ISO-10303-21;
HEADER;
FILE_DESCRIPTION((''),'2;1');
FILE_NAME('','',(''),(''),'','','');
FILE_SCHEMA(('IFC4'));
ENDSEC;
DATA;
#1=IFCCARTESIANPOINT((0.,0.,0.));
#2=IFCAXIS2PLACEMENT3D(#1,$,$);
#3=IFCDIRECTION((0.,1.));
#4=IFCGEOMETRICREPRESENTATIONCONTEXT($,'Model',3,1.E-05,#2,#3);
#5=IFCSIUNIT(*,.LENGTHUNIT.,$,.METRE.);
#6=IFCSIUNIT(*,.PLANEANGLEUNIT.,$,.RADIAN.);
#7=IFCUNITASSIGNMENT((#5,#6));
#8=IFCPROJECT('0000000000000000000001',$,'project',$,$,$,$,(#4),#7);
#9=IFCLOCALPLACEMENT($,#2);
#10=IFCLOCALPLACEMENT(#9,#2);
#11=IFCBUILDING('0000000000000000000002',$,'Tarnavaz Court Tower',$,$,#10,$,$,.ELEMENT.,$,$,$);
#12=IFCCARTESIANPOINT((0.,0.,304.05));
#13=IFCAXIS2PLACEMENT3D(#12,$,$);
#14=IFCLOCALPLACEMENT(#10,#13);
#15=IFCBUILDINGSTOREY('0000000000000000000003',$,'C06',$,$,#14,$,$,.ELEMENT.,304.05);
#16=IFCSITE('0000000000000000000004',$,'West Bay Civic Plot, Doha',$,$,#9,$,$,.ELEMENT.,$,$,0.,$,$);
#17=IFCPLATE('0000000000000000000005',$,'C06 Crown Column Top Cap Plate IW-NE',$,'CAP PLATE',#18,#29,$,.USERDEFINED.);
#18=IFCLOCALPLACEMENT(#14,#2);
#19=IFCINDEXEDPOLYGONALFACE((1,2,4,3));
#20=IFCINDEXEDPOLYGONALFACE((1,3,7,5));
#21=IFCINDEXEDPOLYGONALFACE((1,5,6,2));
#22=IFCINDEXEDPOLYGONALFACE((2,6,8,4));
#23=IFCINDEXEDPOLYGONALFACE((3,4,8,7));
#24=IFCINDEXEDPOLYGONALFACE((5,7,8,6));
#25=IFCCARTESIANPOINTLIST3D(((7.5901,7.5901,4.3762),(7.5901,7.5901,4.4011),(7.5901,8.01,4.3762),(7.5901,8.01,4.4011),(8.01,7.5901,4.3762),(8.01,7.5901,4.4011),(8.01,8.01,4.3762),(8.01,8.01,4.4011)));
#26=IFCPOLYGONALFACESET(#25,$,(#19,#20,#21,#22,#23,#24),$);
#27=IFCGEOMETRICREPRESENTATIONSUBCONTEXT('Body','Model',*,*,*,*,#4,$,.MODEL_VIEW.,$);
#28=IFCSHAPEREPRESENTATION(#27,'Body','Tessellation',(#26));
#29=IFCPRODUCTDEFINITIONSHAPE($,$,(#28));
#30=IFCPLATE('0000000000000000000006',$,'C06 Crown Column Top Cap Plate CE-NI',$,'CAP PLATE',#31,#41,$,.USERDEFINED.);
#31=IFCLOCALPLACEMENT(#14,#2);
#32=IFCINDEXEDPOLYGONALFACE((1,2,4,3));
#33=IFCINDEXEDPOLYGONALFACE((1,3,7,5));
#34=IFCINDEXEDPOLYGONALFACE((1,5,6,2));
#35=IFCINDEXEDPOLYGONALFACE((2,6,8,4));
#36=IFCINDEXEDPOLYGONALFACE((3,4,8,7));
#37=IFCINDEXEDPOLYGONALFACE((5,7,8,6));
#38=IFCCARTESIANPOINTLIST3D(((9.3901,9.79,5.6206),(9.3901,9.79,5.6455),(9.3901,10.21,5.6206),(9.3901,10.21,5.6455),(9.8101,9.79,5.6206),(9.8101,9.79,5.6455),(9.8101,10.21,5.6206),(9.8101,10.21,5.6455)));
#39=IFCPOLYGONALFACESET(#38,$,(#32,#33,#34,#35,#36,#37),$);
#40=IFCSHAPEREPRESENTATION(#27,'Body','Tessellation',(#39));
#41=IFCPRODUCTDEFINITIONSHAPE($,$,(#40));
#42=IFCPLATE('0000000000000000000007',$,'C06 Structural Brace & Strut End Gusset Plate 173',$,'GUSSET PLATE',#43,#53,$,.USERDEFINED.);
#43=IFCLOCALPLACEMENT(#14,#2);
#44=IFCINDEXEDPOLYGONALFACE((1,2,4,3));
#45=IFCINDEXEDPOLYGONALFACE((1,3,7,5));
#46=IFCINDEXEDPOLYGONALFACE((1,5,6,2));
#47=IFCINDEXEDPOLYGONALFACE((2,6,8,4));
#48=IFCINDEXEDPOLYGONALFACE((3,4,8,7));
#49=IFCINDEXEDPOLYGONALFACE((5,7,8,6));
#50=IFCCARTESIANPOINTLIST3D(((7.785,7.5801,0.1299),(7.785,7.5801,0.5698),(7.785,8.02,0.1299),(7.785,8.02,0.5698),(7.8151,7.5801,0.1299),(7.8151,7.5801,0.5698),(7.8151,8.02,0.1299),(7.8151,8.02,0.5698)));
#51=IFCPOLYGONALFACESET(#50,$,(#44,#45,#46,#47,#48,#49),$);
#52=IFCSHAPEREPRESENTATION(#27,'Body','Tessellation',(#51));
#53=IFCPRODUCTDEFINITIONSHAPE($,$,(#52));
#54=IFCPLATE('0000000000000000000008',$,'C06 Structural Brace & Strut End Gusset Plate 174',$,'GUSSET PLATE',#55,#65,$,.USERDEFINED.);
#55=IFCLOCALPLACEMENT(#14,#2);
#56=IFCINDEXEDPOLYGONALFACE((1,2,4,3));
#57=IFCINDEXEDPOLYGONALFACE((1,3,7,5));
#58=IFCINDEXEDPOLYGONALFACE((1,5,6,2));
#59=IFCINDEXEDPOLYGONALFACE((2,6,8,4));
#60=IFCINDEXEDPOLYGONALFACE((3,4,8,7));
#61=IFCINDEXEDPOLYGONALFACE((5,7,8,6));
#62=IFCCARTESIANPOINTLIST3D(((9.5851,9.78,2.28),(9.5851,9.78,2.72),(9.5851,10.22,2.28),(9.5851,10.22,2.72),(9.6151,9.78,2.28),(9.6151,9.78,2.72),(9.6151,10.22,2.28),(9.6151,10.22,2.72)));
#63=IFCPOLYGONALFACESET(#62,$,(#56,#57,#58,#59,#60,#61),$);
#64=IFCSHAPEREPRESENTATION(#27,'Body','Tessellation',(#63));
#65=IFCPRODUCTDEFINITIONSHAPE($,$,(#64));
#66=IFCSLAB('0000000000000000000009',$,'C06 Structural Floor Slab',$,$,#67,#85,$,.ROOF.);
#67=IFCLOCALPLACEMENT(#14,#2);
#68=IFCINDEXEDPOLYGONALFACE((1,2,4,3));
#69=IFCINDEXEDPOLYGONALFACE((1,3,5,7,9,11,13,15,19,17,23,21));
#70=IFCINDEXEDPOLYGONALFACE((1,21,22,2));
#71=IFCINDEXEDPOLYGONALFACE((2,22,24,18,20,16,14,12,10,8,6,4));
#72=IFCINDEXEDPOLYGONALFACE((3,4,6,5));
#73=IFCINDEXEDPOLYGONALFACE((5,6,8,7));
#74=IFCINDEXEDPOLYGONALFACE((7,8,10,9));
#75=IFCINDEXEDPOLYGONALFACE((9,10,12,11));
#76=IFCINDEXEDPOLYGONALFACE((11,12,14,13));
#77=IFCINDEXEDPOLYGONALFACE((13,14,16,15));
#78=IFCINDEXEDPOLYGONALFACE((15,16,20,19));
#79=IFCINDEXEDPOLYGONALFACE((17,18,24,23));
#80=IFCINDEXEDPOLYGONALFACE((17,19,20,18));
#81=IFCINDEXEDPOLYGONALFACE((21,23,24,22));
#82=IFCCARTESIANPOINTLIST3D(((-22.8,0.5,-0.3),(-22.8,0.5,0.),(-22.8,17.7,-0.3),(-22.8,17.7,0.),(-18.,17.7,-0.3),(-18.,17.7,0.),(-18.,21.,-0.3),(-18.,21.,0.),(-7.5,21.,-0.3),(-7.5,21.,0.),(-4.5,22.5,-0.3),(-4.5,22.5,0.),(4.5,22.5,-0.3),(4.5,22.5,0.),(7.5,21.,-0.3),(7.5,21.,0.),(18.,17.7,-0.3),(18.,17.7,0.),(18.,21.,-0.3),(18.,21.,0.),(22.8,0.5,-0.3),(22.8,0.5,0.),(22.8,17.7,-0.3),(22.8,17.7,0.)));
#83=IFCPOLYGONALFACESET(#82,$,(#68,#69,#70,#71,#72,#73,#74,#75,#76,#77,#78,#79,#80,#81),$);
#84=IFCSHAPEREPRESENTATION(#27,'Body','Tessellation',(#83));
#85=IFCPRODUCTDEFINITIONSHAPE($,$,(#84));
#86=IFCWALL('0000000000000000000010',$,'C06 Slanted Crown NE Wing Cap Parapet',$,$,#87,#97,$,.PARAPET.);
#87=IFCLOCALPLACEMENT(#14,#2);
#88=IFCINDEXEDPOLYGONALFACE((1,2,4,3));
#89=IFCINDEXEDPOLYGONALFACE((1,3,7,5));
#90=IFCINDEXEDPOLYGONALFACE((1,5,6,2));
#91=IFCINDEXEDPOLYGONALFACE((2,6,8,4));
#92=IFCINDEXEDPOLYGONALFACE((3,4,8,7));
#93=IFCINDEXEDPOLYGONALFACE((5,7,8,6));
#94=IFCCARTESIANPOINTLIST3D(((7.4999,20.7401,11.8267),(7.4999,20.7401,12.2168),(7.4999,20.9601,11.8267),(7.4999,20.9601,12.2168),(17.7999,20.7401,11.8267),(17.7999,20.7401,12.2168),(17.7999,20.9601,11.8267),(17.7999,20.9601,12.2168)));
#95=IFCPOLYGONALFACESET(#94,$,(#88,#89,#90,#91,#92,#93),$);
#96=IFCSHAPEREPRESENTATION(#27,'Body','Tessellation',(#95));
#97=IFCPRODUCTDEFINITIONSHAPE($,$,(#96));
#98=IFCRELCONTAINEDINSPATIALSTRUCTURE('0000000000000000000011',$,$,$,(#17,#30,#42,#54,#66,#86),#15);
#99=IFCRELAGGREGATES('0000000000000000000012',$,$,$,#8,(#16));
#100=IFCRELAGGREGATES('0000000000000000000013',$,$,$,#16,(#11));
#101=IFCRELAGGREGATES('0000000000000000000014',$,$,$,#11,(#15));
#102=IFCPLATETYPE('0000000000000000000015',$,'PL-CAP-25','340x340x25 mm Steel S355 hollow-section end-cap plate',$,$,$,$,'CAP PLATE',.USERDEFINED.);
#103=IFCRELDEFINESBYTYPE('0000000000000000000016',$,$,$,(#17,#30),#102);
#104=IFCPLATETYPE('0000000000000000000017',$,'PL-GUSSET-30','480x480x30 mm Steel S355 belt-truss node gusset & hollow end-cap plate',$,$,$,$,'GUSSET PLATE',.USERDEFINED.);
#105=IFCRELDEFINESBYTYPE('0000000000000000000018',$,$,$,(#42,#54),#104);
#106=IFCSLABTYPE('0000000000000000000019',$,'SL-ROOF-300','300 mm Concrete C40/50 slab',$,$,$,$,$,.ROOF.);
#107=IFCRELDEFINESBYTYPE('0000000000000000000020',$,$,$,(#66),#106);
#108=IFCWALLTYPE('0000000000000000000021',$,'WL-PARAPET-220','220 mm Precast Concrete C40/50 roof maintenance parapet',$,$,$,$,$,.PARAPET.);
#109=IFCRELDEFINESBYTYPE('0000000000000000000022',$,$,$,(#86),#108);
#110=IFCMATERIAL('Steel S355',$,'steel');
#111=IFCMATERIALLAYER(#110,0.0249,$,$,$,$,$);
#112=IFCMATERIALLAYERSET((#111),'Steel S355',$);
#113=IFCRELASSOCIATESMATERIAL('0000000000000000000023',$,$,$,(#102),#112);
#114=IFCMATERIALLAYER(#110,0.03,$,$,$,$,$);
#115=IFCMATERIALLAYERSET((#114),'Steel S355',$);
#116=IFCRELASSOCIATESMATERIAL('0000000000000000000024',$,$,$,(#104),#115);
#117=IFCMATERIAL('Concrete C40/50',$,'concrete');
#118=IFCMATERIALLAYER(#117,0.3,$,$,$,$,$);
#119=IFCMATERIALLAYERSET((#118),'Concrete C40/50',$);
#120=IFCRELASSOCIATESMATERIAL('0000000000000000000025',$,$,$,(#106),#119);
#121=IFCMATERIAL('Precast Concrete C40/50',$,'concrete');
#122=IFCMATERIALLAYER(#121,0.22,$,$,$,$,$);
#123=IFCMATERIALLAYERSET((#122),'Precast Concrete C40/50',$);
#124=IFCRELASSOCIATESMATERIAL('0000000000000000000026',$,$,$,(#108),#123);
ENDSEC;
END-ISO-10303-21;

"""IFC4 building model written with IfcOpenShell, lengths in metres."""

from ifc_helpers import new_model, si_unit, direction, frame, frame_2d, origin, origin_2d, place, context, subcontext, project, spatial, polyline, rectangle, outline, extrude, material, layer, layer_set, type_object, element, save


model = new_model("IFC4")

# Units and contexts
model_context = context("Model", 3, precision=1e-05, world=origin(), true_north=direction((0.0, 1.0)))
body_context = subcontext(model_context, "Body", "Model", "MODEL_VIEW")
ifc_project = project(units=[si_unit("LENGTHUNIT", "METRE"), si_unit("PLANEANGLEUNIT", "RADIAN")], contexts=[model_context])

# Site, building, storey
site_placement = place(None, origin())
site = spatial("IfcSite", under=ifc_project, at=site_placement, Name="West Bay Civic Plot, Doha", CompositionType="ELEMENT", RefElevation=0.0)
building_placement = place(site_placement, origin())
building = spatial("IfcBuilding", under=site, at=building_placement, Name="Tarnavaz Court Tower", CompositionType="ELEMENT")
storey_placement = place(building_placement, frame((0.0, 0.0, 304.05)))
storey = spatial("IfcBuildingStorey", under=building, at=storey_placement, Name="C06", CompositionType="ELEMENT", Elevation=304.05)

# Shared definitions
ifc_material_1 = material(Name="Steel S355", Category="steel")

# Plates
ifc_layer_1 = layer(ifc_material_1, 0.0249)
ifc_layer_set_1 = layer_set([ifc_layer_1], Name="Steel S355")
plate_type_1 = type_object("IfcPlateType", Name="PL-CAP-25", Description="340x340x25 mm Steel S355 hollow-section end-cap plate", ElementType="CAP PLATE", PredefinedType="USERDEFINED", material=ifc_layer_set_1)
for number, where, z_axis, x_axis, name in (
    (1, (7.8, 7.8, 4.3762), (0.0, 0.0, 1.0), (1.0, 0.0, 0.0), "C06 Crown Column Top Cap Plate IW-NE"),
    (2, (9.6001, 10.0, 5.6206), (0.0, 0.0, 1.0), (1.0, 0.0, 0.0), "C06 Crown Column Top Cap Plate CE-NI"),
):
    element("IfcPlate", number, at=place(storey_placement, frame(where, z_axis=z_axis, x_axis=x_axis)), inside=storey, type_object=plate_type_1, Name=name, ObjectType="CAP PLATE", PredefinedType="USERDEFINED", context=body_context, shape_type="SweptSolid", body=[
        extrude(rectangle(XDim=0.4199, YDim=0.4199, at=origin_2d()), origin(), (0.0, 0.0, 1.0), 0.0249),
    ])
ifc_layer_2 = layer(ifc_material_1, 0.03)
ifc_layer_set_2 = layer_set([ifc_layer_2], Name="Steel S355")
plate_type_2 = type_object("IfcPlateType", Name="PL-GUSSET-30", Description="480x480x30 mm Steel S355 belt-truss node gusset & hollow end-cap plate", ElementType="GUSSET PLATE", PredefinedType="USERDEFINED", material=ifc_layer_set_2)
for number, where, z_axis, x_axis, name in (
    (3, (7.8, 7.8, 0.1299), (0.0, 0.0, 1.0), (0.0, 1.0, 0.0), "C06 Structural Brace & Strut End Gusset Plate 173"),
    (4, (9.6001, 10.0, 2.28), (0.0, 0.0, 1.0), (0.0, 1.0, 0.0), "C06 Structural Brace & Strut End Gusset Plate 174"),
):
    element("IfcPlate", number, at=place(storey_placement, frame(where, z_axis=z_axis, x_axis=x_axis)), inside=storey, type_object=plate_type_2, Name=name, ObjectType="GUSSET PLATE", PredefinedType="USERDEFINED", context=body_context, shape_type="SweptSolid", body=[
        extrude(rectangle(XDim=0.4399, YDim=0.03, at=origin_2d()), origin(), (0.0, 0.0, 1.0), 0.4399),
    ])

# Slab
ifc_material_2 = material(Name="Concrete C40/50", Category="concrete")
ifc_layer_3 = layer(ifc_material_2, 0.3)
ifc_layer_set_3 = layer_set([ifc_layer_3], Name="Concrete C40/50")
slab_type = type_object("IfcSlabType", Name="SL-ROOF-300", Description="300 mm Concrete C40/50 slab", PredefinedType="ROOF", material=ifc_layer_set_3)
slab_placement = place(storey_placement, frame((0.0, 0.0, -0.3)))
element("IfcSlab", 5, at=slab_placement, inside=storey, type_object=slab_type, Name="C06 Structural Floor Slab", PredefinedType="ROOF", context=body_context, shape_type="SweptSolid", body=[
    extrude(outline(polyline([(-22.8, 17.7), (-18.0, 17.7), (-18.0, 21.0), (-7.5, 21.0), (-4.5, 22.5), (4.5, 22.5), (7.5, 21.0), (18.0, 21.0), (18.0, 17.7), (22.8, 17.7), (22.8, 0.5), (-22.8, 0.5), (-22.8, 17.7)])), origin(), (0.0, 0.0, 1.0), 0.3),
])

# Wall
ifc_material_3 = material(Name="Precast Concrete C40/50", Category="concrete")
ifc_layer_4 = layer(ifc_material_3, 0.22)
ifc_layer_set_4 = layer_set([ifc_layer_4], Name="Precast Concrete C40/50")
wall_type = type_object("IfcWallType", Name="WL-PARAPET-220", Description="220 mm Precast Concrete C40/50 roof maintenance parapet", PredefinedType="PARAPET", material=ifc_layer_set_4)
wall_placement = place(storey_placement, frame((7.5, 20.8501, 11.8267), z_axis=(0.0, 0.0, 1.0), x_axis=(1.0, 0.0, 0.0)))
element("IfcWall", 6, at=wall_placement, inside=storey, type_object=wall_type, Name="C06 Slanted Crown NE Wing Cap Parapet", PredefinedType="PARAPET", context=body_context, shape_type="SweptSolid", body=[
    extrude(rectangle(XDim=10.3, YDim=0.22, at=frame_2d((5.1499, 0.0))), origin(), (0.0, 0.0, 1.0), 0.3901),
])

save(model, "model.ifc")
